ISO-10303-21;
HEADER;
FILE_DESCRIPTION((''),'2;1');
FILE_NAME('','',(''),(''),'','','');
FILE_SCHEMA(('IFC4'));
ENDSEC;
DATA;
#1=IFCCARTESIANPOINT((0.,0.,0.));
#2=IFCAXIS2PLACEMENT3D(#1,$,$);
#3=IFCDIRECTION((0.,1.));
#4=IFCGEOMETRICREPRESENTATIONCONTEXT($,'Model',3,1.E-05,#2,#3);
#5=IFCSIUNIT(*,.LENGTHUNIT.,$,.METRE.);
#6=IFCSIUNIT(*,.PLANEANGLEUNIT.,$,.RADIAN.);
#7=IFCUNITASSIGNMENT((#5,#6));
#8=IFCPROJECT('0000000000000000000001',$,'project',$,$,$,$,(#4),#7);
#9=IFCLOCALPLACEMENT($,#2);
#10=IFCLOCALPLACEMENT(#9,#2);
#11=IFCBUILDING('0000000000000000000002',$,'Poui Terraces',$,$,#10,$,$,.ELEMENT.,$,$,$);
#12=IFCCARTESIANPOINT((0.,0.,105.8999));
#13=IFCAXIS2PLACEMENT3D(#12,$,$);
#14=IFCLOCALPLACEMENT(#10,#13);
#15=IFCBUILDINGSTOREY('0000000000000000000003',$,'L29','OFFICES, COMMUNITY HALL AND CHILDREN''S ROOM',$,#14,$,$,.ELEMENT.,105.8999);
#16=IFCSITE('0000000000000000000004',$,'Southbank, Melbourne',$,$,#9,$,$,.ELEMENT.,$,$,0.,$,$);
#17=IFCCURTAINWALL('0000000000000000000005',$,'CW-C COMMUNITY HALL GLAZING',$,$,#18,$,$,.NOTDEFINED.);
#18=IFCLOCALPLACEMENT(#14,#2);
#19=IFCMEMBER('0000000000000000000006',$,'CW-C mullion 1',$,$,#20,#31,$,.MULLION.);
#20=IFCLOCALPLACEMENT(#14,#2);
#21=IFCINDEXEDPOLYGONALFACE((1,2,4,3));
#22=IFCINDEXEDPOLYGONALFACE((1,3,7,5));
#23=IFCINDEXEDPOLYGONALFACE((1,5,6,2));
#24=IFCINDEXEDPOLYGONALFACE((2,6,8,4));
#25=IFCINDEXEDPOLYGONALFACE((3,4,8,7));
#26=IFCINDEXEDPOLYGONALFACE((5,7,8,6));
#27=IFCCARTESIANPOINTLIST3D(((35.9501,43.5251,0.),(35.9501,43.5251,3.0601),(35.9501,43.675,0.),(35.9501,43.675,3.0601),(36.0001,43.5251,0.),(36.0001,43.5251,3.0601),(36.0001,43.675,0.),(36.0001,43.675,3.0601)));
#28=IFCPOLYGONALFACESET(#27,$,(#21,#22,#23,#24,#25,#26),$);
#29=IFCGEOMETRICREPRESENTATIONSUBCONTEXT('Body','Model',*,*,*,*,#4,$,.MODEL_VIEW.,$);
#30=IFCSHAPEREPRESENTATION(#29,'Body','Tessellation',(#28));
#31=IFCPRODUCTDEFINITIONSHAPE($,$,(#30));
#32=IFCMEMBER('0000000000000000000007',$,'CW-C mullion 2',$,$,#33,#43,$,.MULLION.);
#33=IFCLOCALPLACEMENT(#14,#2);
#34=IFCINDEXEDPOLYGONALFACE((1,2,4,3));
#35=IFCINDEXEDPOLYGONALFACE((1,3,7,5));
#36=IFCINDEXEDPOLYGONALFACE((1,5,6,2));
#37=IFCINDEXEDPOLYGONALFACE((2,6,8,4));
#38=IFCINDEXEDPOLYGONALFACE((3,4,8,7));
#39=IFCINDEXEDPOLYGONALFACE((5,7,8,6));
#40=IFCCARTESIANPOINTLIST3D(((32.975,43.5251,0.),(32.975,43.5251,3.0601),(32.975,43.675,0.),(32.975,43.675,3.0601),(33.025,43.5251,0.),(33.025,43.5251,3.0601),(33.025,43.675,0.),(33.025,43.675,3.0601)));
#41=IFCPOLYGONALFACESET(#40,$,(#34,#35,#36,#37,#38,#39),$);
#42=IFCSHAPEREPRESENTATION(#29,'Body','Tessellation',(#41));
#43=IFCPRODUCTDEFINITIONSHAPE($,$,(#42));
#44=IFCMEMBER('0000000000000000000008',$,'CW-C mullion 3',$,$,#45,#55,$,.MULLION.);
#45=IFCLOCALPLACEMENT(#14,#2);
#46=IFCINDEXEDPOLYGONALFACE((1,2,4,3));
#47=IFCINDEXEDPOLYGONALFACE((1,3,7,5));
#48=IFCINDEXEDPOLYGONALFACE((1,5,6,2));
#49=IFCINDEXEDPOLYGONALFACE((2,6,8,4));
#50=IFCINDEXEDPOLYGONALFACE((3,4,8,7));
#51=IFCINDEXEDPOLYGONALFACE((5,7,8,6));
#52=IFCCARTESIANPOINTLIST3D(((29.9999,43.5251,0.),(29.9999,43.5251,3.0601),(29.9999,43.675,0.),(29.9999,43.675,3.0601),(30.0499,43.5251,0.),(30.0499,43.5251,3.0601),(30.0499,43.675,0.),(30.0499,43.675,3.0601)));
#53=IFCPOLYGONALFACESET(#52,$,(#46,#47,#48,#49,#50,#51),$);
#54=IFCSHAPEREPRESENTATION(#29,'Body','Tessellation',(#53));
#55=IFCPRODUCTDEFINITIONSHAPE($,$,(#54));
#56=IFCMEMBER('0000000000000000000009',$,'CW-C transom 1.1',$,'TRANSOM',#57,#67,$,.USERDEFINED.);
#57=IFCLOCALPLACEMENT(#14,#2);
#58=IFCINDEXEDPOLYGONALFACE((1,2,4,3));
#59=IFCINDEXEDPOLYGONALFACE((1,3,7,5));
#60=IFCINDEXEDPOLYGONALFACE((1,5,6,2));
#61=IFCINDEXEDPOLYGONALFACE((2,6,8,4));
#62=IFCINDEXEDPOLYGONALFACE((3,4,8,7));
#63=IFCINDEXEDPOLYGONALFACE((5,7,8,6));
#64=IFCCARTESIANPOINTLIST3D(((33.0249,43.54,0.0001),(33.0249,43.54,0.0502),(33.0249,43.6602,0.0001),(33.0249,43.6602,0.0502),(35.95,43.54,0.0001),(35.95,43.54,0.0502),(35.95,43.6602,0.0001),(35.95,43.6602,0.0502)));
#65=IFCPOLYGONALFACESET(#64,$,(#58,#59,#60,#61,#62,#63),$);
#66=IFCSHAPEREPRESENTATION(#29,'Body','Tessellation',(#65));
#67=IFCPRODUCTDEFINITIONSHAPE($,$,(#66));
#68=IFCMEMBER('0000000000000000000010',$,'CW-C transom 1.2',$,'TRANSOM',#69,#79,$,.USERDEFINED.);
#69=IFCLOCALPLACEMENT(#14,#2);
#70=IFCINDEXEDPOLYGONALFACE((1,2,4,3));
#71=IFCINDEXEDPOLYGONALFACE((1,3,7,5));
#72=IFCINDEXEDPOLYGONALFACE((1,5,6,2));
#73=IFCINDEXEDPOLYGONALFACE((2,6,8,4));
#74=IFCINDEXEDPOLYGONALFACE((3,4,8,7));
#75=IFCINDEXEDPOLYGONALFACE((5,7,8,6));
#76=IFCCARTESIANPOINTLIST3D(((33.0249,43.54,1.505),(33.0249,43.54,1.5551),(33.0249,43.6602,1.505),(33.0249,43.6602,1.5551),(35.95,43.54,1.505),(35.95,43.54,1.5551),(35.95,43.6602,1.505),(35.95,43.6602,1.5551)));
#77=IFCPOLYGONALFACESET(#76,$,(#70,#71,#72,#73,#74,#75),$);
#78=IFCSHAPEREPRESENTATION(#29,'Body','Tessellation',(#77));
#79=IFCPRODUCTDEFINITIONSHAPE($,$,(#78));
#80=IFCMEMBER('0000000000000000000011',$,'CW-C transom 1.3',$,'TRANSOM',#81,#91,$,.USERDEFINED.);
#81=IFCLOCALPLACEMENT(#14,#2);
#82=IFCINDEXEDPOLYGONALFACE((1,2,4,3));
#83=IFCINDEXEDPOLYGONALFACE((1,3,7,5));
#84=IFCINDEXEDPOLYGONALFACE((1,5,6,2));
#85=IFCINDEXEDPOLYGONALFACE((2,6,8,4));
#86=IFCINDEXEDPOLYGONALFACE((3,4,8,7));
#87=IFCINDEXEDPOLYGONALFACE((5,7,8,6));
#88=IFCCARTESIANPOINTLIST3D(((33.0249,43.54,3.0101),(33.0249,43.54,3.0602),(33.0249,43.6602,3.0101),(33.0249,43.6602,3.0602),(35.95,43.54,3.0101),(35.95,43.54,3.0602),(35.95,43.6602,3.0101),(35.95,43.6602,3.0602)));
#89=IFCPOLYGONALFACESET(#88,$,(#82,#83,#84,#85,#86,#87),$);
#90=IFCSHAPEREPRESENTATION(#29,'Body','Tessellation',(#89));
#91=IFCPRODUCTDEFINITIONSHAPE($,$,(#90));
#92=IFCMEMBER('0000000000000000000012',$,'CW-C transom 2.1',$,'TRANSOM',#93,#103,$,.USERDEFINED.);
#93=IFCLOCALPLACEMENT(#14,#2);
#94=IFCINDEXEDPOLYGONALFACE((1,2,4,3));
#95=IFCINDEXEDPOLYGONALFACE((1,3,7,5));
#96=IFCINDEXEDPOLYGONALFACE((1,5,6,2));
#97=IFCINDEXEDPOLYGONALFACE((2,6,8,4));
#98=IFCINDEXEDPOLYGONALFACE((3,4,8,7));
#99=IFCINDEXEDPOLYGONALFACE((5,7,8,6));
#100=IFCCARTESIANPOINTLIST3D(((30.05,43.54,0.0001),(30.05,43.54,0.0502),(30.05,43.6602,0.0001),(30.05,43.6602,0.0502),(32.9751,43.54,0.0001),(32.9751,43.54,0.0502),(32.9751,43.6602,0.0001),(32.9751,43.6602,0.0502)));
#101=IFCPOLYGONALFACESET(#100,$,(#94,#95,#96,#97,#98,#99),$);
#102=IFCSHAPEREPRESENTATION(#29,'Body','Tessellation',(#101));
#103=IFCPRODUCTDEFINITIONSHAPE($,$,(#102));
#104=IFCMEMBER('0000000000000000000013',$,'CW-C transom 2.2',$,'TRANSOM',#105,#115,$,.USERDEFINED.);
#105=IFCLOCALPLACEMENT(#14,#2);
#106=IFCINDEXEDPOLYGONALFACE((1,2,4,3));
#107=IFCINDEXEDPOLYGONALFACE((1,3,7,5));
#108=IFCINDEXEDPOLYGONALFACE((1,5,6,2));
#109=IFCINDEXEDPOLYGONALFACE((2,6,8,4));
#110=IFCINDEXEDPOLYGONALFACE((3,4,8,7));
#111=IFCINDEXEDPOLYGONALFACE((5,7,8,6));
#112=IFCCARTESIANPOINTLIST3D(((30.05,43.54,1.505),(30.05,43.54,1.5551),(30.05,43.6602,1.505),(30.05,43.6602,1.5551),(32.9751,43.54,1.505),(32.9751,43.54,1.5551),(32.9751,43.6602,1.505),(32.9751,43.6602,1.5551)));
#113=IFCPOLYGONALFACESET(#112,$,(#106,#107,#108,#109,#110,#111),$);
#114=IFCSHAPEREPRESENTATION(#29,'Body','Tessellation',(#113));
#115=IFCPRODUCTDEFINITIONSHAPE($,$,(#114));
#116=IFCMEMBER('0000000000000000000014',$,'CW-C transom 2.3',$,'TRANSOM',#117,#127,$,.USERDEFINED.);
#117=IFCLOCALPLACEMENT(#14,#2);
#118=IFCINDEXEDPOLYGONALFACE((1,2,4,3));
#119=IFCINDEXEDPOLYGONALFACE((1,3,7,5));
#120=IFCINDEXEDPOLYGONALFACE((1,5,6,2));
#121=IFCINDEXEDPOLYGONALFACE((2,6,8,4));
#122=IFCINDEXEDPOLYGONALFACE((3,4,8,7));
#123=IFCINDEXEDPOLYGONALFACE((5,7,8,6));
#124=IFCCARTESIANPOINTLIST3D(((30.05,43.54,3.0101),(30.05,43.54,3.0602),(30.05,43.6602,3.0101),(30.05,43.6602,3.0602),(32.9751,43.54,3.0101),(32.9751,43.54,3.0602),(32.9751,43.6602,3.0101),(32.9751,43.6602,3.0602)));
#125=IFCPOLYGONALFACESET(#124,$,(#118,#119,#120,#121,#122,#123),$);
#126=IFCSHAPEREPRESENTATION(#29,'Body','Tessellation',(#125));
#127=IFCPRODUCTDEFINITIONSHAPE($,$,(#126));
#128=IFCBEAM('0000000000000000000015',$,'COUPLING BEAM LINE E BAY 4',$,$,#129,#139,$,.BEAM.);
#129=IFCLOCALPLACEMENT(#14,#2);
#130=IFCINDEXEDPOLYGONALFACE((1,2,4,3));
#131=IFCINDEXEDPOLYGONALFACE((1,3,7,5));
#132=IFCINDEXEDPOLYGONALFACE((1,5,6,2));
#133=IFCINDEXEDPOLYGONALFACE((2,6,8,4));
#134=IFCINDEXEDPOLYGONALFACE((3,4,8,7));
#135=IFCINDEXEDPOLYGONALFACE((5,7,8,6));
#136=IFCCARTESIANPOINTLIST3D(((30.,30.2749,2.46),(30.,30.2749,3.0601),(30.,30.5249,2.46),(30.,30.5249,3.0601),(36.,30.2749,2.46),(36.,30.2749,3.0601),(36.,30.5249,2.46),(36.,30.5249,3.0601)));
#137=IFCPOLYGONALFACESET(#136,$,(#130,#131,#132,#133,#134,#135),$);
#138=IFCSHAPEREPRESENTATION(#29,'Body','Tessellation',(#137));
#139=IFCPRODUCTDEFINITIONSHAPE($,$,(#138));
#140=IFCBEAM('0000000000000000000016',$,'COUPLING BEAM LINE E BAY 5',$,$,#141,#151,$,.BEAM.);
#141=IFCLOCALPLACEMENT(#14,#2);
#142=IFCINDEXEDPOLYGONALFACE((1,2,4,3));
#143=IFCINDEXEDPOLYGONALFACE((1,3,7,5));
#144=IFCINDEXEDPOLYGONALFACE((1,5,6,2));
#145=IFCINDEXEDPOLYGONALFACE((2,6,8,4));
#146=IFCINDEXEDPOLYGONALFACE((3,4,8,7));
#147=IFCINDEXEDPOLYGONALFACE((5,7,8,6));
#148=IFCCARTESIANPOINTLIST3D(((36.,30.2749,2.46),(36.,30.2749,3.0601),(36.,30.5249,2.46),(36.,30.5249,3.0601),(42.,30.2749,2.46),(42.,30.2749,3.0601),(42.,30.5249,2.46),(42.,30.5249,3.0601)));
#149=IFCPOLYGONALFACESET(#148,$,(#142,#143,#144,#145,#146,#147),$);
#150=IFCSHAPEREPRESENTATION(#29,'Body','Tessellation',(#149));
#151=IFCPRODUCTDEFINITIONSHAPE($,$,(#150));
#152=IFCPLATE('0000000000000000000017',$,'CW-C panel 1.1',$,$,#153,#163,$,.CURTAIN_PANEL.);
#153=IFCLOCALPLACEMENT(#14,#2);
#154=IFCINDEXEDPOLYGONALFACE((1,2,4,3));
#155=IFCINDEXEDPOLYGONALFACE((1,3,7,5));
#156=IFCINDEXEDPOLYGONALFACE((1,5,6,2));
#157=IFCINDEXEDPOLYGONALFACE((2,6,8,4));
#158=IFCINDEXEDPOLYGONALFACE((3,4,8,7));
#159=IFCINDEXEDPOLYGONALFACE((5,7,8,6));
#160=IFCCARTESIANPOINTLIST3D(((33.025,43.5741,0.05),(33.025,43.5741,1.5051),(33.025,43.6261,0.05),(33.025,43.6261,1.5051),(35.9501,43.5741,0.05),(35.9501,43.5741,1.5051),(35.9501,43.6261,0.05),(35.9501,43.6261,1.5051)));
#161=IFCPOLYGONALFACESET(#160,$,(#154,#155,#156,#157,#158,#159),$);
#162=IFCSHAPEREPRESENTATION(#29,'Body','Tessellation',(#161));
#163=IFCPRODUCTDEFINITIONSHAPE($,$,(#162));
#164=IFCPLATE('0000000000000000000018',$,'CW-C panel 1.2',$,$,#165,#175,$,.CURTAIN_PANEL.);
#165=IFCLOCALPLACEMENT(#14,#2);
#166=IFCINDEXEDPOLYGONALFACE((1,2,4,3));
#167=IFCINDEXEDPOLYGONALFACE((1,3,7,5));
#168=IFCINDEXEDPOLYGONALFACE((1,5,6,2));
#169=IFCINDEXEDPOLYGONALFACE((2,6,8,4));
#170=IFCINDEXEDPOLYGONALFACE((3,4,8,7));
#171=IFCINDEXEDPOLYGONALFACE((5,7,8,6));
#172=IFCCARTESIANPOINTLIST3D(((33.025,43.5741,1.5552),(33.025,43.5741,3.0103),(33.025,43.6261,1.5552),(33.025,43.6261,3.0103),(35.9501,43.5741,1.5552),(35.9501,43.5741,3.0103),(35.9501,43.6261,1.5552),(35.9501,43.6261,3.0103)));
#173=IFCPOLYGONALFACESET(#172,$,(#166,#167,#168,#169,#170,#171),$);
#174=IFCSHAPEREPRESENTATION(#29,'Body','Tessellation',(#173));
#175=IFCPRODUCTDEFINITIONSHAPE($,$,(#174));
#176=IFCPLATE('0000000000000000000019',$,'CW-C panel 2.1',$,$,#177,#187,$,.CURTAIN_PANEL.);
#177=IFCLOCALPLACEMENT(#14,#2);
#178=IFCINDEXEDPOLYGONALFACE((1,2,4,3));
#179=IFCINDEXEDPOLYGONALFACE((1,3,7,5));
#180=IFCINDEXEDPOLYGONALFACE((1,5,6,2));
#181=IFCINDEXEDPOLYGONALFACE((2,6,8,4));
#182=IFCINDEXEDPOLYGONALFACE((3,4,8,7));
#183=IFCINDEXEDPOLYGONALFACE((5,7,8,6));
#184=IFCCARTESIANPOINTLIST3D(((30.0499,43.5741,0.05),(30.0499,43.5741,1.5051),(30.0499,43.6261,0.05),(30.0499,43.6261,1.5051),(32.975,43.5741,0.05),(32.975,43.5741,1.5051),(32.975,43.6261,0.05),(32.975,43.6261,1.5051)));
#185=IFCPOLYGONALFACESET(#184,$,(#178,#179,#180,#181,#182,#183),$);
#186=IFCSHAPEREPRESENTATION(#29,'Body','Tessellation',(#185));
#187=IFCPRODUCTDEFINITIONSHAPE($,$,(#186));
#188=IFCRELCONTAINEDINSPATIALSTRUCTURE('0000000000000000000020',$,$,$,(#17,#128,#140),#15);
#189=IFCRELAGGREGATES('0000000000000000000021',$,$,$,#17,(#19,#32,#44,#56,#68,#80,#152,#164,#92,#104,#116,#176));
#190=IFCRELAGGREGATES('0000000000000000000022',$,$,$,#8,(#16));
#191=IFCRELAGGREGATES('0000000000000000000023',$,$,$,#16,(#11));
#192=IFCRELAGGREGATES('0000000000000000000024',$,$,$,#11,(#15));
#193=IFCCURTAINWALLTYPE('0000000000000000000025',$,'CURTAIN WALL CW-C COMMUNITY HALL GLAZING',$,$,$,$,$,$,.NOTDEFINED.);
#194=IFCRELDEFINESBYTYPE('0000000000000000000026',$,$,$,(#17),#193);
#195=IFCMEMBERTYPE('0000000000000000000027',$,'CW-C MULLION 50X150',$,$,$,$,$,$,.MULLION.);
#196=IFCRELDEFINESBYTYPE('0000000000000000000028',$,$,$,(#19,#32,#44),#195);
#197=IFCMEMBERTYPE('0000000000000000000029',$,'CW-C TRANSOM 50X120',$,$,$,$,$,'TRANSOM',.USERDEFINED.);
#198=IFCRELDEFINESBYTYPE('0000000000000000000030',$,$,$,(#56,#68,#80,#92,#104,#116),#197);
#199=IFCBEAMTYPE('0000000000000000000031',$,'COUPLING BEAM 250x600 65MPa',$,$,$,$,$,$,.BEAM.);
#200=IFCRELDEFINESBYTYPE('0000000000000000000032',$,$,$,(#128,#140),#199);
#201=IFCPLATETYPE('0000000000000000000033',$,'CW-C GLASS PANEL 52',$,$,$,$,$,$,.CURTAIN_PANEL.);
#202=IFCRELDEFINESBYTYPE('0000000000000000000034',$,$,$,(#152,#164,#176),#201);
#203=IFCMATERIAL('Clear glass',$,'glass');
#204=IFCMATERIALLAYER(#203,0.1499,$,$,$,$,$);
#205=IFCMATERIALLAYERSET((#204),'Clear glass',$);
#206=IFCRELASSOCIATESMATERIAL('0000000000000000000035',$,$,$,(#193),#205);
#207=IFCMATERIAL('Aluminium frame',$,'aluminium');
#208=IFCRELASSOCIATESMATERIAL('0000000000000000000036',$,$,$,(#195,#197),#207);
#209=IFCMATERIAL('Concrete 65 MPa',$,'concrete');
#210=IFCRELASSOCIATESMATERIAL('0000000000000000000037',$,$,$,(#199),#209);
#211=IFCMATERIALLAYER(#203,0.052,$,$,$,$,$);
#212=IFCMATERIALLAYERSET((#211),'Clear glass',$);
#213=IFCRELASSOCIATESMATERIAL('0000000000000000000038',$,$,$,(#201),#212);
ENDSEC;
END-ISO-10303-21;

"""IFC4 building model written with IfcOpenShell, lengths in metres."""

from ifc_helpers import new_model, si_unit, direction, frame, origin, origin_2d, place, context, subcontext, project, spatial, rectangle, extrude, source, transform, mapped, material, layer, layer_set, material_profile, profile_set, type_object, element, aggregate, save


model = new_model("IFC4")

# Units and contexts
model_context = context("Model", 3, precision=1e-05, world=origin(), true_north=direction((0.0, 1.0)))
body_context = subcontext(model_context, "Body", "Model", "MODEL_VIEW")
ifc_project = project(units=[si_unit("LENGTHUNIT", "METRE"), si_unit("PLANEANGLEUNIT", "RADIAN")], contexts=[model_context])

# Site, building, storey
site_placement = place(None, origin())
site = spatial("IfcSite", under=ifc_project, at=site_placement, Name="Southbank, Melbourne", CompositionType="ELEMENT", RefElevation=0.0)
building_placement = place(site_placement, origin())
building = spatial("IfcBuilding", under=site, at=building_placement, Name="Poui Terraces", CompositionType="ELEMENT")
storey_placement = place(building_placement, frame((0.0, 0.0, 105.8999)))
storey = spatial("IfcBuildingStorey", under=building, at=storey_placement, Name="L29", Description="OFFICES, COMMUNITY HALL AND CHILDREN'S ROOM", CompositionType="ELEMENT", Elevation=105.8999)

# Curtain wall, members
ifc_material_1 = material(Name="Clear glass", Category="glass")
ifc_layer_1 = layer(ifc_material_1, 0.1499)
ifc_layer_set_1 = layer_set([ifc_layer_1], Name="Clear glass")
curtain_wall_type = type_object("IfcCurtainWallType", Name="CURTAIN WALL CW-C COMMUNITY HALL GLAZING", PredefinedType="NOTDEFINED", material=ifc_layer_set_1)
curtain_wall_placement = place(storey_placement, origin())
curtain_wall = element("IfcCurtainWall", 1, at=curtain_wall_placement, inside=storey, type_object=curtain_wall_type, Name="CW-C COMMUNITY HALL GLAZING", PredefinedType="NOTDEFINED")
ifc_material_2 = material(Name="Aluminium frame", Category="aluminium")
ifc_material_profile_1 = material_profile(ifc_material_2, rectangle(XDim=0.1499, YDim=0.05, at=origin_2d()), Name="CW-C MULLION 50X150")
ifc_profile_set_1 = profile_set([ifc_material_profile_1], Name="Aluminium frame")
member_type_1 = type_object("IfcMemberType", Name="CW-C MULLION 50X150", PredefinedType="MULLION", material=ifc_profile_set_1)
member_1_placement = place(storey_placement, frame((35.9751, 43.6001, 0.0), z_axis=(0.0, 0.0, 1.0), x_axis=(0.0, -1.0, 0.0)))
member_1 = element("IfcMember", 2, at=member_1_placement, type_object=member_type_1, Name="CW-C mullion 1", PredefinedType="MULLION", context=body_context, shape_type="SweptSolid", body=[
    extrude(rectangle(XDim=0.1499, YDim=0.05, at=origin_2d()), origin(), (0.0, 0.0, 1.0), 3.0601),
])
member_2_placement = place(storey_placement, frame((33.0, 43.6001, 0.0), z_axis=(0.0, 0.0, 1.0), x_axis=(0.0, -1.0, 0.0)))
member_2 = element("IfcMember", 3, at=member_2_placement, type_object=member_type_1, Name="CW-C mullion 2", PredefinedType="MULLION", context=body_context, shape_type="SweptSolid", body=[
    extrude(rectangle(XDim=0.1499, YDim=0.05, at=origin_2d()), origin(), (0.0, 0.0, 1.0), 3.0601),
])
member_3_placement = place(storey_placement, frame((30.0249, 43.6001, 0.0), z_axis=(0.0, 0.0, 1.0), x_axis=(0.0, -1.0, 0.0)))
member_3 = element("IfcMember", 4, at=member_3_placement, type_object=member_type_1, Name="CW-C mullion 3", PredefinedType="MULLION", context=body_context, shape_type="SweptSolid", body=[
    extrude(rectangle(XDim=0.1499, YDim=0.05, at=origin_2d()), origin(), (0.0, 0.0, 1.0), 3.0601),
])
ifc_material_profile_2 = material_profile(ifc_material_2, rectangle(XDim=0.1201, YDim=0.05, at=origin_2d()), Name="CW-C TRANSOM 50X120")
ifc_profile_set_2 = profile_set([ifc_material_profile_2], Name="Aluminium frame")
member_type_2 = type_object("IfcMemberType", Name="CW-C TRANSOM 50X120", ElementType="TRANSOM", PredefinedType="USERDEFINED", material=ifc_profile_set_2)
member_4_placement = place(storey_placement, frame((35.95, 43.6001, 0.0251), z_axis=(-1.0, 0.0, 0.0), x_axis=(0.0, -1.0, 0.0)))
member_4 = element("IfcMember", 5, at=member_4_placement, type_object=member_type_2, Name="CW-C transom 1.1", ObjectType="TRANSOM", PredefinedType="USERDEFINED", context=body_context, shape_type="SweptSolid", body=[
    extrude(rectangle(XDim=0.1201, YDim=0.05, at=origin_2d()), origin(), (0.0, 0.0, 1.0), 2.925),
])
member_5_placement = place(storey_placement, frame((35.95, 43.6001, 1.53), z_axis=(-1.0, 0.0, 0.0), x_axis=(0.0, -1.0, 0.0)))
member_5 = element("IfcMember", 6, at=member_5_placement, type_object=member_type_2, Name="CW-C transom 1.2", ObjectType="TRANSOM", PredefinedType="USERDEFINED", context=body_context, shape_type="SweptSolid", body=[
    extrude(rectangle(XDim=0.1201, YDim=0.05, at=origin_2d()), origin(), (0.0, 0.0, 1.0), 2.925),
])
member_6_placement = place(storey_placement, frame((35.95, 43.6001, 3.0352), z_axis=(-1.0, 0.0, 0.0), x_axis=(0.0, -1.0, 0.0)))
member_6 = element("IfcMember", 7, at=member_6_placement, type_object=member_type_2, Name="CW-C transom 1.3", ObjectType="TRANSOM", PredefinedType="USERDEFINED", context=body_context, shape_type="SweptSolid", body=[
    extrude(rectangle(XDim=0.1201, YDim=0.05, at=origin_2d()), origin(), (0.0, 0.0, 1.0), 2.925),
])
member_7_placement = place(storey_placement, frame((32.9751, 43.6001, 0.0251), z_axis=(-1.0, 0.0, 0.0), x_axis=(0.0, -1.0, 0.0)))
member_7 = element("IfcMember", 8, at=member_7_placement, type_object=member_type_2, Name="CW-C transom 2.1", ObjectType="TRANSOM", PredefinedType="USERDEFINED", context=body_context, shape_type="SweptSolid", body=[
    extrude(rectangle(XDim=0.1201, YDim=0.05, at=origin_2d()), origin(), (0.0, 0.0, 1.0), 2.925),
])
member_8_placement = place(storey_placement, frame((32.9751, 43.6001, 1.53), z_axis=(-1.0, 0.0, 0.0), x_axis=(0.0, -1.0, 0.0)))
member_8 = element("IfcMember", 9, at=member_8_placement, type_object=member_type_2, Name="CW-C transom 2.2", ObjectType="TRANSOM", PredefinedType="USERDEFINED", context=body_context, shape_type="SweptSolid", body=[
    extrude(rectangle(XDim=0.1201, YDim=0.05, at=origin_2d()), origin(), (0.0, 0.0, 1.0), 2.925),
])
member_9_placement = place(storey_placement, frame((32.9751, 43.6001, 3.0352), z_axis=(-1.0, 0.0, 0.0), x_axis=(0.0, -1.0, 0.0)))
member_9 = element("IfcMember", 10, at=member_9_placement, type_object=member_type_2, Name="CW-C transom 2.3", ObjectType="TRANSOM", PredefinedType="USERDEFINED", context=body_context, shape_type="SweptSolid", body=[
    extrude(rectangle(XDim=0.1201, YDim=0.05, at=origin_2d()), origin(), (0.0, 0.0, 1.0), 2.925),
])

# Beams
ifc_material_3 = material(Name="Concrete 65 MPa", Category="concrete")
ifc_material_profile_3 = material_profile(ifc_material_3, rectangle(XDim=0.25, YDim=0.6001, at=origin_2d()), Name="RC 250x600")
ifc_profile_set_3 = profile_set([ifc_material_profile_3], Name="Concrete 65 MPa")
beam_type = type_object("IfcBeamType", Name="COUPLING BEAM 250x600 65MPa", PredefinedType="BEAM", material=ifc_profile_set_3)
shared_shape = source(origin(), body_context, "Body", "SweptSolid", [
    extrude(rectangle(XDim=0.25, YDim=0.6001, at=origin_2d()), origin(), (0.0, 0.0, 1.0), 6.0),
])
for number, where, z_axis, x_axis, name in (
    (11, (30.0, 30.3999, 2.76), (1.0, 0.0, 0.0), (0.0, 1.0, 0.0), "COUPLING BEAM LINE E BAY 4"),
    (12, (36.0, 30.3999, 2.76), (1.0, 0.0, 0.0), (0.0, 1.0, 0.0), "COUPLING BEAM LINE E BAY 5"),
):
    element("IfcBeam", number, at=place(storey_placement, frame(where, z_axis=z_axis, x_axis=x_axis)), inside=storey, type_object=beam_type, Name=name, PredefinedType="BEAM", context=body_context, shape_type="MappedRepresentation", body=[
        mapped(shared_shape, transform((0.0, 0.0, 0.0))),
    ])

# Plates
ifc_layer_2 = layer(ifc_material_1, 0.052)
ifc_layer_set_2 = layer_set([ifc_layer_2], Name="Clear glass")
plate_type = type_object("IfcPlateType", Name="CW-C GLASS PANEL 52", PredefinedType="CURTAIN_PANEL", material=ifc_layer_set_2)
plate_1_placement = place(storey_placement, frame((34.4875, 43.6001, 0.05), z_axis=(0.0, 0.0, 1.0), x_axis=(-1.0, 0.0, 0.0)))
plate_1 = element("IfcPlate", 13, at=plate_1_placement, type_object=plate_type, Name="CW-C panel 1.1", PredefinedType="CURTAIN_PANEL", context=body_context, shape_type="SweptSolid", body=[
    extrude(rectangle(XDim=2.925, YDim=0.052, at=origin_2d()), origin(), (0.0, 0.0, 1.0), 1.4551),
])
plate_2_placement = place(storey_placement, frame((34.4875, 43.6001, 1.5552), z_axis=(0.0, 0.0, 1.0), x_axis=(-1.0, 0.0, 0.0)))
plate_2 = element("IfcPlate", 14, at=plate_2_placement, type_object=plate_type, Name="CW-C panel 1.2", PredefinedType="CURTAIN_PANEL", context=body_context, shape_type="SweptSolid", body=[
    extrude(rectangle(XDim=2.925, YDim=0.052, at=origin_2d()), origin(), (0.0, 0.0, 1.0), 1.4551),
])
plate_3_placement = place(storey_placement, frame((31.5125, 43.6001, 0.05), z_axis=(0.0, 0.0, 1.0), x_axis=(-1.0, 0.0, 0.0)))
plate_3 = element("IfcPlate", 15, at=plate_3_placement, type_object=plate_type, Name="CW-C panel 2.1", PredefinedType="CURTAIN_PANEL", context=body_context, shape_type="SweptSolid", body=[
    extrude(rectangle(XDim=2.925, YDim=0.052, at=origin_2d()), origin(), (0.0, 0.0, 1.0), 1.4551),
])
aggregate(curtain_wall, [member_1, member_2, member_3, member_4, member_5, member_6, plate_1, plate_2, member_7, member_8, member_9, plate_3])

save(model, "model.ifc")
